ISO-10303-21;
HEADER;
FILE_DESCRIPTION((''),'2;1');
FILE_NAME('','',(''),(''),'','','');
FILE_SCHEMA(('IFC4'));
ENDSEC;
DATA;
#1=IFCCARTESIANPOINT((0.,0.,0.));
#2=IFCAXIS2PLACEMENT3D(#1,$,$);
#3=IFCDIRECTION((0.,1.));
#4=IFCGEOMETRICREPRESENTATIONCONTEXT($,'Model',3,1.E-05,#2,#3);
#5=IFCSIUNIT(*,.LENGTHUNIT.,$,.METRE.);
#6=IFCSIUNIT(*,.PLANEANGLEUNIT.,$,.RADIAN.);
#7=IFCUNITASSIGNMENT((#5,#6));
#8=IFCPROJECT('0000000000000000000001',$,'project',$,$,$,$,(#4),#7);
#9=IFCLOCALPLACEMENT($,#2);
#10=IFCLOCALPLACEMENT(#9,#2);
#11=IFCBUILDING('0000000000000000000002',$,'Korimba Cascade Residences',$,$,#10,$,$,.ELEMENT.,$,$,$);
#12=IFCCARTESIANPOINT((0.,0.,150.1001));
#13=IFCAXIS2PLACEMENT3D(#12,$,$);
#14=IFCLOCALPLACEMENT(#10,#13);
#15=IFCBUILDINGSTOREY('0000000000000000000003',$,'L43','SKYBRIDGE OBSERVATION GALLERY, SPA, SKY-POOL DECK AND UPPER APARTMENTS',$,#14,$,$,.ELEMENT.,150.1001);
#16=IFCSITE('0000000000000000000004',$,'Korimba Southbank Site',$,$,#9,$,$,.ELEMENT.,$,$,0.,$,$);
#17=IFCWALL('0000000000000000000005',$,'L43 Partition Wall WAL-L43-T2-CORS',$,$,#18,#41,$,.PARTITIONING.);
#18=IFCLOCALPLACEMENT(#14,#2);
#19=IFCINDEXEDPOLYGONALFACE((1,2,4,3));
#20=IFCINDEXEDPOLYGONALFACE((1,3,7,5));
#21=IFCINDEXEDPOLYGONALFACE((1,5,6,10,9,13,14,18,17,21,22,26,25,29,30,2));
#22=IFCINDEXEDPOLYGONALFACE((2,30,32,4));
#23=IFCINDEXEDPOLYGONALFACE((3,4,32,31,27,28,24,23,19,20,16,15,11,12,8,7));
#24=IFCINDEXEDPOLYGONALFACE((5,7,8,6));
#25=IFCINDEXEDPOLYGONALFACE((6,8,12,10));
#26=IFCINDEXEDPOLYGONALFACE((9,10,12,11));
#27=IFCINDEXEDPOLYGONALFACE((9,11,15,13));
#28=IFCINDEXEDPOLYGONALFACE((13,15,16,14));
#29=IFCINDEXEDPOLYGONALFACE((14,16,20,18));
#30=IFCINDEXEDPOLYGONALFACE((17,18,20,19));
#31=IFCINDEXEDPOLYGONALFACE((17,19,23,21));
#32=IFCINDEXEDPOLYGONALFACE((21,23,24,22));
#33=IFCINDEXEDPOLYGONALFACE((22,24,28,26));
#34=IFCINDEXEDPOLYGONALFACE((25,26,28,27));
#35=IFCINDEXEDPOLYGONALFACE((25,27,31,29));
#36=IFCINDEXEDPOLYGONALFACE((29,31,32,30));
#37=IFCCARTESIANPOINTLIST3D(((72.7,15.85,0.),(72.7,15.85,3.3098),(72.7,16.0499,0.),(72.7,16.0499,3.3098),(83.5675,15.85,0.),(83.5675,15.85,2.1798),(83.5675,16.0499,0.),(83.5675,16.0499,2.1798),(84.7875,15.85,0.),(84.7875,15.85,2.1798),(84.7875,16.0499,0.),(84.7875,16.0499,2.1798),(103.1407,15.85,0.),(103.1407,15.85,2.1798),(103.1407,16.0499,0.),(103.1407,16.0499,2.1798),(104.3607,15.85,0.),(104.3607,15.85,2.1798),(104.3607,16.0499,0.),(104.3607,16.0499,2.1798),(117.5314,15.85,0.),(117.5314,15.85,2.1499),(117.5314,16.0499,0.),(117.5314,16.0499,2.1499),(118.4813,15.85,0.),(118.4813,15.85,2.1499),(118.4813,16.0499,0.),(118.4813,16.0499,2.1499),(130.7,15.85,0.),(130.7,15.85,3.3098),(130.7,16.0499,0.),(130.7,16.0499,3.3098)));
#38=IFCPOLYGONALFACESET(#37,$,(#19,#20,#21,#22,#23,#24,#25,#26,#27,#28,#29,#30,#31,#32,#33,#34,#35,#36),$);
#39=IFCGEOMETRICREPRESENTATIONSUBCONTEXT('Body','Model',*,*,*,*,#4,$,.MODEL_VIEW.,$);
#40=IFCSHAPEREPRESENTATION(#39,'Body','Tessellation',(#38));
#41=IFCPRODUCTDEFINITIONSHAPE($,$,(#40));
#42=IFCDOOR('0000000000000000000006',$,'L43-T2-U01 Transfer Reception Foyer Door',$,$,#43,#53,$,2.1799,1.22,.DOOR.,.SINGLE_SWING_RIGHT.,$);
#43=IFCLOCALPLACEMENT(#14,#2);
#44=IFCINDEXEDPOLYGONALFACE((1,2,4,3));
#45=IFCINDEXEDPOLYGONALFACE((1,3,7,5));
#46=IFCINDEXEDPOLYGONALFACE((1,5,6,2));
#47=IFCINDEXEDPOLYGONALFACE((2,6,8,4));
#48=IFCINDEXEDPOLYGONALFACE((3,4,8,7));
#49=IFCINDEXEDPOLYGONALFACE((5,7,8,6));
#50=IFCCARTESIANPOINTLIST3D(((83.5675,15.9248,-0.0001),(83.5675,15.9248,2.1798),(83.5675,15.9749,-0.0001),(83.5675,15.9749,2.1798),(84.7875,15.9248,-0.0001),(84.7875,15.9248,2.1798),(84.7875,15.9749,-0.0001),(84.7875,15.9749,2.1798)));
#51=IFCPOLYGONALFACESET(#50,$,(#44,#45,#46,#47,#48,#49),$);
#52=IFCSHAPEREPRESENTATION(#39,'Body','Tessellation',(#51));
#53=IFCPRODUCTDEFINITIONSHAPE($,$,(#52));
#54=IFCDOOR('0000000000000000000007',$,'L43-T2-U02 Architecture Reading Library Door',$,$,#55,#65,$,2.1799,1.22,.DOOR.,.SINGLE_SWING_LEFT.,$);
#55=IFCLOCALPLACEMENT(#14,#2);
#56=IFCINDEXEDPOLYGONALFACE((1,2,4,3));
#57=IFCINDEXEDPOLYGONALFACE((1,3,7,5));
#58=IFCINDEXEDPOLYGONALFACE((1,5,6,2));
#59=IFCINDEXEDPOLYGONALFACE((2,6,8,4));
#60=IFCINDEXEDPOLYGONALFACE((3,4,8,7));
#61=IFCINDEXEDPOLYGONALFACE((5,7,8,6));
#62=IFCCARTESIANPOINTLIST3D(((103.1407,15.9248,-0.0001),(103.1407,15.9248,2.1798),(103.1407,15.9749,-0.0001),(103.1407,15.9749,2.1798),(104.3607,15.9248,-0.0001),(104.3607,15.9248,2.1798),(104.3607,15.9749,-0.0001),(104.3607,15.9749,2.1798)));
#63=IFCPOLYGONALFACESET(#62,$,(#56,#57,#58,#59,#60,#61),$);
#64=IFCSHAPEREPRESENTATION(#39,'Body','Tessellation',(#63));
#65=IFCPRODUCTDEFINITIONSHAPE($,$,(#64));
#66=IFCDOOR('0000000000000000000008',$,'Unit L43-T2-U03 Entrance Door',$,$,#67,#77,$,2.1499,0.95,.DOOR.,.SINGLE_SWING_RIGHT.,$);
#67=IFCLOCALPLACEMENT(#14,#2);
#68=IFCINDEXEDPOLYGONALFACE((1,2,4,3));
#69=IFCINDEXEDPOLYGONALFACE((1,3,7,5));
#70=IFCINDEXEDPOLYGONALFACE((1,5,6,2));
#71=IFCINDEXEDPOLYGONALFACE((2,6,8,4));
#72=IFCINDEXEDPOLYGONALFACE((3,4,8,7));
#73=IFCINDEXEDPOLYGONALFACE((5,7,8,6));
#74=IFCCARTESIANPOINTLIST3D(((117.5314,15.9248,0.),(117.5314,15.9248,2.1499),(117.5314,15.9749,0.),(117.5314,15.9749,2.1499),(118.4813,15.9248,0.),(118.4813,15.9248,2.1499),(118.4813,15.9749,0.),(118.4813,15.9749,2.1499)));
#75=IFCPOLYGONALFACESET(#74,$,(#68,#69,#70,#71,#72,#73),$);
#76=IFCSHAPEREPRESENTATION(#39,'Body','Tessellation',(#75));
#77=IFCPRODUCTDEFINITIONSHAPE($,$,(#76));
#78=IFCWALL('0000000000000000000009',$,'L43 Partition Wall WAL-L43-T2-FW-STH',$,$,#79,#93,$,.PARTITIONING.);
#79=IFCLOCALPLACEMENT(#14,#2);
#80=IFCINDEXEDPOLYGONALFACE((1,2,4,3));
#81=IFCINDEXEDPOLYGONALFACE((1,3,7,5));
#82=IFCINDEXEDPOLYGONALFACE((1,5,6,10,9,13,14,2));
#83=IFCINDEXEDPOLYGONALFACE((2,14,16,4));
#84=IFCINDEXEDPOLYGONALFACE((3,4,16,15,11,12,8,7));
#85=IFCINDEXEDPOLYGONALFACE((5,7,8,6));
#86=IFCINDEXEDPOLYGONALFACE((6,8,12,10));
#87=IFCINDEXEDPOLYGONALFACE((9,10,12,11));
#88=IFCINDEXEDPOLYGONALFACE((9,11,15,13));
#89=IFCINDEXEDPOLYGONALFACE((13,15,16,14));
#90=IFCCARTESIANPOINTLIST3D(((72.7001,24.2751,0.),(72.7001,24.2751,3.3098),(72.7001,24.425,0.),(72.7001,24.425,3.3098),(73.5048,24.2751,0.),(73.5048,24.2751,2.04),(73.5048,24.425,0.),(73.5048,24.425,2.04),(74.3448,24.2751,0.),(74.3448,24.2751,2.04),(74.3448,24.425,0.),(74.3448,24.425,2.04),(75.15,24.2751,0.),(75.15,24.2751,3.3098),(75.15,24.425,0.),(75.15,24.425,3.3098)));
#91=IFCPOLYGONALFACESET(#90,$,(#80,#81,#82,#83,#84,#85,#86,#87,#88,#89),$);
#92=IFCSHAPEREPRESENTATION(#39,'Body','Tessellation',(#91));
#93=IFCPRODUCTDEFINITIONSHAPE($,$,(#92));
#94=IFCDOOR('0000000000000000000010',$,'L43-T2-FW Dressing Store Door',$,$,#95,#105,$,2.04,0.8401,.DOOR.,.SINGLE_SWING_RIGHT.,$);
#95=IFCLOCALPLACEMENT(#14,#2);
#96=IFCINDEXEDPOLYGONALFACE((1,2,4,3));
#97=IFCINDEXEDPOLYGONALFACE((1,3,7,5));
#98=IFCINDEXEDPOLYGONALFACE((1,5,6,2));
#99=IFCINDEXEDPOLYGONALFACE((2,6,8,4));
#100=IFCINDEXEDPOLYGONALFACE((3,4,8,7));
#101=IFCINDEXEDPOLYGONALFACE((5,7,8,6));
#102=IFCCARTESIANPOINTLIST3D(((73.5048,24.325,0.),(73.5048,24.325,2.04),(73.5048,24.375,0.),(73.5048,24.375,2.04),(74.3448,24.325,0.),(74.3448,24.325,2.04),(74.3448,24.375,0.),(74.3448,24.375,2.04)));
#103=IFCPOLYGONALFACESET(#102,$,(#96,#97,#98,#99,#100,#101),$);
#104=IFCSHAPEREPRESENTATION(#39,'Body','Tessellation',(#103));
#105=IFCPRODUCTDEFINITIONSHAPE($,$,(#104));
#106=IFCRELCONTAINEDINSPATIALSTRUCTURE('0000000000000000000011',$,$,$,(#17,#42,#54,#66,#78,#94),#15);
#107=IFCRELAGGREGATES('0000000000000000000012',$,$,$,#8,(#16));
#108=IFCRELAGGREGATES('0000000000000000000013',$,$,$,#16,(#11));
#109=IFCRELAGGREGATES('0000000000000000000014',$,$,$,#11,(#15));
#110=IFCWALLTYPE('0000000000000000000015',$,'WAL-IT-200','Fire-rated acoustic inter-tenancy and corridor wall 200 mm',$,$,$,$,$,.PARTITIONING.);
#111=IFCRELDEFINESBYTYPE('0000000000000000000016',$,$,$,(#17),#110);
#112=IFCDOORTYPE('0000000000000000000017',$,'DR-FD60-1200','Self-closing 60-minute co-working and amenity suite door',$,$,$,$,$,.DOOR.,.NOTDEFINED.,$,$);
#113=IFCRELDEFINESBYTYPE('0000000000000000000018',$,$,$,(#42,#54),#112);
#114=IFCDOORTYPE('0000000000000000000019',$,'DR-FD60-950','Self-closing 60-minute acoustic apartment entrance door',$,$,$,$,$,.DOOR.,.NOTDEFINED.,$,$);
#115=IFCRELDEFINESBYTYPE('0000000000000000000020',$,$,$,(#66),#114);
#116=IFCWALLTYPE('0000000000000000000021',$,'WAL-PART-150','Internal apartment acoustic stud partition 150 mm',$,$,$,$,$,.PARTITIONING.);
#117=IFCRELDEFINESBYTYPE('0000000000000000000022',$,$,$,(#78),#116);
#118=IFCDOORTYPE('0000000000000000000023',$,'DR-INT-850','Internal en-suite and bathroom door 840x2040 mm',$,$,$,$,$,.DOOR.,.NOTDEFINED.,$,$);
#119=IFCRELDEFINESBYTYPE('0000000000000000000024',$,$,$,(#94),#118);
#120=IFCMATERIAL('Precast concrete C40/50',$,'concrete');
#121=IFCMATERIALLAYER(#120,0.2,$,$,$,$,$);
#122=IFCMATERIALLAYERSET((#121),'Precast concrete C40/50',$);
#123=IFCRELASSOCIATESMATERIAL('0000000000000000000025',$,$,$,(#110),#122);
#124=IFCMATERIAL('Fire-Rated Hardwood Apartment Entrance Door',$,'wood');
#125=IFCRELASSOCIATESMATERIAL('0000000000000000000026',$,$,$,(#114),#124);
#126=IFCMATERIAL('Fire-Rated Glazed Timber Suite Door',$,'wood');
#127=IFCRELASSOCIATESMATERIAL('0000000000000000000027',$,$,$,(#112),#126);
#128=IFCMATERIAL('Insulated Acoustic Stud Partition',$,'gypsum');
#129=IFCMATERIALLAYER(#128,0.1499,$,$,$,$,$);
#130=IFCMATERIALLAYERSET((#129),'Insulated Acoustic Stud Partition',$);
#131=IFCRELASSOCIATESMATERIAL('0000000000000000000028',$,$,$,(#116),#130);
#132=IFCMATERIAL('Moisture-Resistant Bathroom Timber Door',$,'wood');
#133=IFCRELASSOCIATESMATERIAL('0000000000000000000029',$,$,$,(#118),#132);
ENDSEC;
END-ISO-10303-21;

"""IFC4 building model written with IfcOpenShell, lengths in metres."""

from ifc_helpers import new_model, si_unit, direction, frame, frame_2d, origin, place, context, subcontext, project, spatial, rectangle, extrude, material, layer, layer_set, type_object, element, fill, save


model = new_model("IFC4")

# Units and contexts
model_context = context("Model", 3, precision=1e-05, world=origin(), true_north=direction((0.0, 1.0)))
body_context = subcontext(model_context, "Body", "Model", "MODEL_VIEW")
ifc_project = project(units=[si_unit("LENGTHUNIT", "METRE"), si_unit("PLANEANGLEUNIT", "RADIAN")], contexts=[model_context])

# Site, building, storey
site_placement = place(None, origin())
site = spatial("IfcSite", under=ifc_project, at=site_placement, Name="Korimba Southbank Site", CompositionType="ELEMENT", RefElevation=0.0)
building_placement = place(site_placement, origin())
building = spatial("IfcBuilding", under=site, at=building_placement, Name="Korimba Cascade Residences", CompositionType="ELEMENT")
storey_placement = place(building_placement, frame((0.0, 0.0, 150.1001)))
storey = spatial("IfcBuildingStorey", under=building, at=storey_placement, Name="L43", Description="SKYBRIDGE OBSERVATION GALLERY, SPA, SKY-POOL DECK AND UPPER APARTMENTS", CompositionType="ELEMENT", Elevation=150.1001)

# Shared definitions
ifc_material_1 = material(Name="Precast concrete C40/50", Category="concrete")

# Shared definitions
ifc_layer_1 = layer(ifc_material_1, 0.2)
ifc_layer_set_1 = layer_set([ifc_layer_1], Name="Precast concrete C40/50")
wall_type_1 = type_object("IfcWallType", Name="WAL-IT-200", Description="Fire-rated acoustic inter-tenancy and corridor wall 200 mm", PredefinedType="PARTITIONING", material=ifc_layer_set_1)

# Shared definitions
ifc_material_2 = material(Name="Fire-Rated Hardwood Apartment Entrance Door", Category="wood")
door_type_1 = type_object("IfcDoorType", Name="DR-FD60-950", Description="Self-closing 60-minute acoustic apartment entrance door", OperationType="NOTDEFINED", PredefinedType="DOOR", material=ifc_material_2)

# Wall, openings, doors
wall_1_placement = place(storey_placement, frame((72.7, 15.95, 0.0), z_axis=(0.0, 0.0, 1.0), x_axis=(1.0, 0.0, 0.0)))
wall_1 = element("IfcWall", 1, at=wall_1_placement, inside=storey, type_object=wall_type_1, Name="L43 Partition Wall WAL-L43-T2-CORS", PredefinedType="PARTITIONING", context=body_context, shape_type="SweptSolid", body=[
    extrude(rectangle(XDim=58.0, YDim=0.2, at=frame_2d((29.0, 0.0))), origin(), (0.0, 0.0, 1.0), 3.3098),
])
opening_1_placement = place(wall_1_placement, frame((10.8677, 0.0, 0.0)))
opening_1 = element("IfcOpeningElement", 2, at=opening_1_placement, cuts=wall_1, PredefinedType="OPENING", context=body_context, shape_type="SweptSolid", body=[
    extrude(rectangle(XDim=1.22, YDim=2.1799, at=frame_2d((0.6099, 1.0898))), frame((0.0, 0.1099, 0.0), z_axis=(0.0, -1.0, 0.0), x_axis=(1.0, 0.0, 0.0)), (0.0, 0.0, 1.0), 0.22),
])
opening_2_placement = place(wall_1_placement, frame((30.4409, 0.0, 0.0)))
opening_2 = element("IfcOpeningElement", 3, at=opening_2_placement, cuts=wall_1, PredefinedType="OPENING", context=body_context, shape_type="SweptSolid", body=[
    extrude(rectangle(XDim=1.22, YDim=2.1799, at=frame_2d((0.6099, 1.0898))), frame((0.0, 0.1099, 0.0), z_axis=(0.0, -1.0, 0.0), x_axis=(1.0, 0.0, 0.0)), (0.0, 0.0, 1.0), 0.22),
])
opening_3_placement = place(wall_1_placement, frame((44.8313, 0.0, 0.0)))
opening_3 = element("IfcOpeningElement", 4, at=opening_3_placement, cuts=wall_1, PredefinedType="OPENING", context=body_context, shape_type="SweptSolid", body=[
    extrude(rectangle(XDim=0.95, YDim=2.1499, at=frame_2d((0.4751, 1.075))), frame((0.0, 0.1099, 0.0), z_axis=(0.0, -1.0, 0.0), x_axis=(1.0, 0.0, 0.0)), (0.0, 0.0, 1.0), 0.22),
])
ifc_material_3 = material(Name="Fire-Rated Glazed Timber Suite Door", Category="wood")
door_type_2 = type_object("IfcDoorType", Name="DR-FD60-1200", Description="Self-closing 60-minute co-working and amenity suite door", OperationType="NOTDEFINED", PredefinedType="DOOR", material=ifc_material_3)
door_1_placement = place(opening_1_placement, origin())
door_1 = element("IfcDoor", 5, at=door_1_placement, inside=storey, type_object=door_type_2, Name="L43-T2-U01 Transfer Reception Foyer Door", OperationType="SINGLE_SWING_RIGHT", OverallHeight=2.1799, OverallWidth=1.22, PredefinedType="DOOR", context=body_context, shape_type="SweptSolid", body=[
    extrude(rectangle(XDim=1.22, YDim=2.1799, at=frame_2d((0.6099, 1.0898))), frame((0.0, 0.0249, 0.0), z_axis=(0.0, -1.0, 0.0), x_axis=(1.0, 0.0, 0.0)), (0.0, 0.0, 1.0), 0.05),
])
fill(opening_1, door_1)
door_2_placement = place(opening_2_placement, origin())
door_2 = element("IfcDoor", 6, at=door_2_placement, inside=storey, type_object=door_type_2, Name="L43-T2-U02 Architecture Reading Library Door", OperationType="SINGLE_SWING_LEFT", OverallHeight=2.1799, OverallWidth=1.22, PredefinedType="DOOR", context=body_context, shape_type="SweptSolid", body=[
    extrude(rectangle(XDim=1.22, YDim=2.1799, at=frame_2d((0.6099, 1.0898))), frame((0.0, 0.0249, 0.0), z_axis=(0.0, -1.0, 0.0), x_axis=(1.0, 0.0, 0.0)), (0.0, 0.0, 1.0), 0.05),
])
fill(opening_2, door_2)
door_3_placement = place(opening_3_placement, origin())
door_3 = element("IfcDoor", 7, at=door_3_placement, inside=storey, type_object=door_type_1, Name="Unit L43-T2-U03 Entrance Door", OperationType="SINGLE_SWING_RIGHT", OverallHeight=2.1499, OverallWidth=0.95, PredefinedType="DOOR", context=body_context, shape_type="SweptSolid", body=[
    extrude(rectangle(XDim=0.95, YDim=2.1499, at=frame_2d((0.4751, 1.075))), frame((0.0, 0.0249, 0.0), z_axis=(0.0, -1.0, 0.0), x_axis=(1.0, 0.0, 0.0)), (0.0, 0.0, 1.0), 0.05),
])
fill(opening_3, door_3)

# Wall, opening, door
ifc_material_4 = material(Name="Insulated Acoustic Stud Partition", Category="gypsum")
ifc_layer_2 = layer(ifc_material_4, 0.1499)
ifc_layer_set_2 = layer_set([ifc_layer_2], Name="Insulated Acoustic Stud Partition")
wall_type_2 = type_object("IfcWallType", Name="WAL-PART-150", Description="Internal apartment acoustic stud partition 150 mm", PredefinedType="PARTITIONING", material=ifc_layer_set_2)
wall_2_placement = place(storey_placement, frame((72.7, 24.3501, 0.0), z_axis=(0.0, 0.0, 1.0), x_axis=(1.0, 0.0, 0.0)))
wall_2 = element("IfcWall", 8, at=wall_2_placement, inside=storey, type_object=wall_type_2, Name="L43 Partition Wall WAL-L43-T2-FW-STH", PredefinedType="PARTITIONING", context=body_context, shape_type="SweptSolid", body=[
    extrude(rectangle(XDim=2.45, YDim=0.1499, at=frame_2d((1.2251, 0.0))), origin(), (0.0, 0.0, 1.0), 3.3098),
])
opening_4_placement = place(wall_2_placement, frame((0.8049, 0.0, 0.0)))
opening_4 = element("IfcOpeningElement", 9, at=opening_4_placement, cuts=wall_2, PredefinedType="OPENING", context=body_context, shape_type="SweptSolid", body=[
    extrude(rectangle(XDim=0.8401, YDim=2.04, at=frame_2d((0.4199, 1.02))), frame((0.0, 0.085, 0.0), z_axis=(0.0, -1.0, 0.0), x_axis=(1.0, 0.0, 0.0)), (0.0, 0.0, 1.0), 0.1699),
])
ifc_material_5 = material(Name="Moisture-Resistant Bathroom Timber Door", Category="wood")
door_type_3 = type_object("IfcDoorType", Name="DR-INT-850", Description="Internal en-suite and bathroom door 840x2040 mm", OperationType="NOTDEFINED", PredefinedType="DOOR", material=ifc_material_5)
door_4_placement = place(opening_4_placement, origin())
door_4 = element("IfcDoor", 10, at=door_4_placement, inside=storey, type_object=door_type_3, Name="L43-T2-FW Dressing Store Door", OperationType="SINGLE_SWING_RIGHT", OverallHeight=2.04, OverallWidth=0.8401, PredefinedType="DOOR", context=body_context, shape_type="SweptSolid", body=[
    extrude(rectangle(XDim=0.8401, YDim=2.04, at=frame_2d((0.4199, 1.02))), frame((0.0, 0.0249, 0.0), z_axis=(0.0, -1.0, 0.0), x_axis=(1.0, 0.0, 0.0)), (0.0, 0.0, 1.0), 0.05),
])
fill(opening_4, door_4)

save(model, "model.ifc")
